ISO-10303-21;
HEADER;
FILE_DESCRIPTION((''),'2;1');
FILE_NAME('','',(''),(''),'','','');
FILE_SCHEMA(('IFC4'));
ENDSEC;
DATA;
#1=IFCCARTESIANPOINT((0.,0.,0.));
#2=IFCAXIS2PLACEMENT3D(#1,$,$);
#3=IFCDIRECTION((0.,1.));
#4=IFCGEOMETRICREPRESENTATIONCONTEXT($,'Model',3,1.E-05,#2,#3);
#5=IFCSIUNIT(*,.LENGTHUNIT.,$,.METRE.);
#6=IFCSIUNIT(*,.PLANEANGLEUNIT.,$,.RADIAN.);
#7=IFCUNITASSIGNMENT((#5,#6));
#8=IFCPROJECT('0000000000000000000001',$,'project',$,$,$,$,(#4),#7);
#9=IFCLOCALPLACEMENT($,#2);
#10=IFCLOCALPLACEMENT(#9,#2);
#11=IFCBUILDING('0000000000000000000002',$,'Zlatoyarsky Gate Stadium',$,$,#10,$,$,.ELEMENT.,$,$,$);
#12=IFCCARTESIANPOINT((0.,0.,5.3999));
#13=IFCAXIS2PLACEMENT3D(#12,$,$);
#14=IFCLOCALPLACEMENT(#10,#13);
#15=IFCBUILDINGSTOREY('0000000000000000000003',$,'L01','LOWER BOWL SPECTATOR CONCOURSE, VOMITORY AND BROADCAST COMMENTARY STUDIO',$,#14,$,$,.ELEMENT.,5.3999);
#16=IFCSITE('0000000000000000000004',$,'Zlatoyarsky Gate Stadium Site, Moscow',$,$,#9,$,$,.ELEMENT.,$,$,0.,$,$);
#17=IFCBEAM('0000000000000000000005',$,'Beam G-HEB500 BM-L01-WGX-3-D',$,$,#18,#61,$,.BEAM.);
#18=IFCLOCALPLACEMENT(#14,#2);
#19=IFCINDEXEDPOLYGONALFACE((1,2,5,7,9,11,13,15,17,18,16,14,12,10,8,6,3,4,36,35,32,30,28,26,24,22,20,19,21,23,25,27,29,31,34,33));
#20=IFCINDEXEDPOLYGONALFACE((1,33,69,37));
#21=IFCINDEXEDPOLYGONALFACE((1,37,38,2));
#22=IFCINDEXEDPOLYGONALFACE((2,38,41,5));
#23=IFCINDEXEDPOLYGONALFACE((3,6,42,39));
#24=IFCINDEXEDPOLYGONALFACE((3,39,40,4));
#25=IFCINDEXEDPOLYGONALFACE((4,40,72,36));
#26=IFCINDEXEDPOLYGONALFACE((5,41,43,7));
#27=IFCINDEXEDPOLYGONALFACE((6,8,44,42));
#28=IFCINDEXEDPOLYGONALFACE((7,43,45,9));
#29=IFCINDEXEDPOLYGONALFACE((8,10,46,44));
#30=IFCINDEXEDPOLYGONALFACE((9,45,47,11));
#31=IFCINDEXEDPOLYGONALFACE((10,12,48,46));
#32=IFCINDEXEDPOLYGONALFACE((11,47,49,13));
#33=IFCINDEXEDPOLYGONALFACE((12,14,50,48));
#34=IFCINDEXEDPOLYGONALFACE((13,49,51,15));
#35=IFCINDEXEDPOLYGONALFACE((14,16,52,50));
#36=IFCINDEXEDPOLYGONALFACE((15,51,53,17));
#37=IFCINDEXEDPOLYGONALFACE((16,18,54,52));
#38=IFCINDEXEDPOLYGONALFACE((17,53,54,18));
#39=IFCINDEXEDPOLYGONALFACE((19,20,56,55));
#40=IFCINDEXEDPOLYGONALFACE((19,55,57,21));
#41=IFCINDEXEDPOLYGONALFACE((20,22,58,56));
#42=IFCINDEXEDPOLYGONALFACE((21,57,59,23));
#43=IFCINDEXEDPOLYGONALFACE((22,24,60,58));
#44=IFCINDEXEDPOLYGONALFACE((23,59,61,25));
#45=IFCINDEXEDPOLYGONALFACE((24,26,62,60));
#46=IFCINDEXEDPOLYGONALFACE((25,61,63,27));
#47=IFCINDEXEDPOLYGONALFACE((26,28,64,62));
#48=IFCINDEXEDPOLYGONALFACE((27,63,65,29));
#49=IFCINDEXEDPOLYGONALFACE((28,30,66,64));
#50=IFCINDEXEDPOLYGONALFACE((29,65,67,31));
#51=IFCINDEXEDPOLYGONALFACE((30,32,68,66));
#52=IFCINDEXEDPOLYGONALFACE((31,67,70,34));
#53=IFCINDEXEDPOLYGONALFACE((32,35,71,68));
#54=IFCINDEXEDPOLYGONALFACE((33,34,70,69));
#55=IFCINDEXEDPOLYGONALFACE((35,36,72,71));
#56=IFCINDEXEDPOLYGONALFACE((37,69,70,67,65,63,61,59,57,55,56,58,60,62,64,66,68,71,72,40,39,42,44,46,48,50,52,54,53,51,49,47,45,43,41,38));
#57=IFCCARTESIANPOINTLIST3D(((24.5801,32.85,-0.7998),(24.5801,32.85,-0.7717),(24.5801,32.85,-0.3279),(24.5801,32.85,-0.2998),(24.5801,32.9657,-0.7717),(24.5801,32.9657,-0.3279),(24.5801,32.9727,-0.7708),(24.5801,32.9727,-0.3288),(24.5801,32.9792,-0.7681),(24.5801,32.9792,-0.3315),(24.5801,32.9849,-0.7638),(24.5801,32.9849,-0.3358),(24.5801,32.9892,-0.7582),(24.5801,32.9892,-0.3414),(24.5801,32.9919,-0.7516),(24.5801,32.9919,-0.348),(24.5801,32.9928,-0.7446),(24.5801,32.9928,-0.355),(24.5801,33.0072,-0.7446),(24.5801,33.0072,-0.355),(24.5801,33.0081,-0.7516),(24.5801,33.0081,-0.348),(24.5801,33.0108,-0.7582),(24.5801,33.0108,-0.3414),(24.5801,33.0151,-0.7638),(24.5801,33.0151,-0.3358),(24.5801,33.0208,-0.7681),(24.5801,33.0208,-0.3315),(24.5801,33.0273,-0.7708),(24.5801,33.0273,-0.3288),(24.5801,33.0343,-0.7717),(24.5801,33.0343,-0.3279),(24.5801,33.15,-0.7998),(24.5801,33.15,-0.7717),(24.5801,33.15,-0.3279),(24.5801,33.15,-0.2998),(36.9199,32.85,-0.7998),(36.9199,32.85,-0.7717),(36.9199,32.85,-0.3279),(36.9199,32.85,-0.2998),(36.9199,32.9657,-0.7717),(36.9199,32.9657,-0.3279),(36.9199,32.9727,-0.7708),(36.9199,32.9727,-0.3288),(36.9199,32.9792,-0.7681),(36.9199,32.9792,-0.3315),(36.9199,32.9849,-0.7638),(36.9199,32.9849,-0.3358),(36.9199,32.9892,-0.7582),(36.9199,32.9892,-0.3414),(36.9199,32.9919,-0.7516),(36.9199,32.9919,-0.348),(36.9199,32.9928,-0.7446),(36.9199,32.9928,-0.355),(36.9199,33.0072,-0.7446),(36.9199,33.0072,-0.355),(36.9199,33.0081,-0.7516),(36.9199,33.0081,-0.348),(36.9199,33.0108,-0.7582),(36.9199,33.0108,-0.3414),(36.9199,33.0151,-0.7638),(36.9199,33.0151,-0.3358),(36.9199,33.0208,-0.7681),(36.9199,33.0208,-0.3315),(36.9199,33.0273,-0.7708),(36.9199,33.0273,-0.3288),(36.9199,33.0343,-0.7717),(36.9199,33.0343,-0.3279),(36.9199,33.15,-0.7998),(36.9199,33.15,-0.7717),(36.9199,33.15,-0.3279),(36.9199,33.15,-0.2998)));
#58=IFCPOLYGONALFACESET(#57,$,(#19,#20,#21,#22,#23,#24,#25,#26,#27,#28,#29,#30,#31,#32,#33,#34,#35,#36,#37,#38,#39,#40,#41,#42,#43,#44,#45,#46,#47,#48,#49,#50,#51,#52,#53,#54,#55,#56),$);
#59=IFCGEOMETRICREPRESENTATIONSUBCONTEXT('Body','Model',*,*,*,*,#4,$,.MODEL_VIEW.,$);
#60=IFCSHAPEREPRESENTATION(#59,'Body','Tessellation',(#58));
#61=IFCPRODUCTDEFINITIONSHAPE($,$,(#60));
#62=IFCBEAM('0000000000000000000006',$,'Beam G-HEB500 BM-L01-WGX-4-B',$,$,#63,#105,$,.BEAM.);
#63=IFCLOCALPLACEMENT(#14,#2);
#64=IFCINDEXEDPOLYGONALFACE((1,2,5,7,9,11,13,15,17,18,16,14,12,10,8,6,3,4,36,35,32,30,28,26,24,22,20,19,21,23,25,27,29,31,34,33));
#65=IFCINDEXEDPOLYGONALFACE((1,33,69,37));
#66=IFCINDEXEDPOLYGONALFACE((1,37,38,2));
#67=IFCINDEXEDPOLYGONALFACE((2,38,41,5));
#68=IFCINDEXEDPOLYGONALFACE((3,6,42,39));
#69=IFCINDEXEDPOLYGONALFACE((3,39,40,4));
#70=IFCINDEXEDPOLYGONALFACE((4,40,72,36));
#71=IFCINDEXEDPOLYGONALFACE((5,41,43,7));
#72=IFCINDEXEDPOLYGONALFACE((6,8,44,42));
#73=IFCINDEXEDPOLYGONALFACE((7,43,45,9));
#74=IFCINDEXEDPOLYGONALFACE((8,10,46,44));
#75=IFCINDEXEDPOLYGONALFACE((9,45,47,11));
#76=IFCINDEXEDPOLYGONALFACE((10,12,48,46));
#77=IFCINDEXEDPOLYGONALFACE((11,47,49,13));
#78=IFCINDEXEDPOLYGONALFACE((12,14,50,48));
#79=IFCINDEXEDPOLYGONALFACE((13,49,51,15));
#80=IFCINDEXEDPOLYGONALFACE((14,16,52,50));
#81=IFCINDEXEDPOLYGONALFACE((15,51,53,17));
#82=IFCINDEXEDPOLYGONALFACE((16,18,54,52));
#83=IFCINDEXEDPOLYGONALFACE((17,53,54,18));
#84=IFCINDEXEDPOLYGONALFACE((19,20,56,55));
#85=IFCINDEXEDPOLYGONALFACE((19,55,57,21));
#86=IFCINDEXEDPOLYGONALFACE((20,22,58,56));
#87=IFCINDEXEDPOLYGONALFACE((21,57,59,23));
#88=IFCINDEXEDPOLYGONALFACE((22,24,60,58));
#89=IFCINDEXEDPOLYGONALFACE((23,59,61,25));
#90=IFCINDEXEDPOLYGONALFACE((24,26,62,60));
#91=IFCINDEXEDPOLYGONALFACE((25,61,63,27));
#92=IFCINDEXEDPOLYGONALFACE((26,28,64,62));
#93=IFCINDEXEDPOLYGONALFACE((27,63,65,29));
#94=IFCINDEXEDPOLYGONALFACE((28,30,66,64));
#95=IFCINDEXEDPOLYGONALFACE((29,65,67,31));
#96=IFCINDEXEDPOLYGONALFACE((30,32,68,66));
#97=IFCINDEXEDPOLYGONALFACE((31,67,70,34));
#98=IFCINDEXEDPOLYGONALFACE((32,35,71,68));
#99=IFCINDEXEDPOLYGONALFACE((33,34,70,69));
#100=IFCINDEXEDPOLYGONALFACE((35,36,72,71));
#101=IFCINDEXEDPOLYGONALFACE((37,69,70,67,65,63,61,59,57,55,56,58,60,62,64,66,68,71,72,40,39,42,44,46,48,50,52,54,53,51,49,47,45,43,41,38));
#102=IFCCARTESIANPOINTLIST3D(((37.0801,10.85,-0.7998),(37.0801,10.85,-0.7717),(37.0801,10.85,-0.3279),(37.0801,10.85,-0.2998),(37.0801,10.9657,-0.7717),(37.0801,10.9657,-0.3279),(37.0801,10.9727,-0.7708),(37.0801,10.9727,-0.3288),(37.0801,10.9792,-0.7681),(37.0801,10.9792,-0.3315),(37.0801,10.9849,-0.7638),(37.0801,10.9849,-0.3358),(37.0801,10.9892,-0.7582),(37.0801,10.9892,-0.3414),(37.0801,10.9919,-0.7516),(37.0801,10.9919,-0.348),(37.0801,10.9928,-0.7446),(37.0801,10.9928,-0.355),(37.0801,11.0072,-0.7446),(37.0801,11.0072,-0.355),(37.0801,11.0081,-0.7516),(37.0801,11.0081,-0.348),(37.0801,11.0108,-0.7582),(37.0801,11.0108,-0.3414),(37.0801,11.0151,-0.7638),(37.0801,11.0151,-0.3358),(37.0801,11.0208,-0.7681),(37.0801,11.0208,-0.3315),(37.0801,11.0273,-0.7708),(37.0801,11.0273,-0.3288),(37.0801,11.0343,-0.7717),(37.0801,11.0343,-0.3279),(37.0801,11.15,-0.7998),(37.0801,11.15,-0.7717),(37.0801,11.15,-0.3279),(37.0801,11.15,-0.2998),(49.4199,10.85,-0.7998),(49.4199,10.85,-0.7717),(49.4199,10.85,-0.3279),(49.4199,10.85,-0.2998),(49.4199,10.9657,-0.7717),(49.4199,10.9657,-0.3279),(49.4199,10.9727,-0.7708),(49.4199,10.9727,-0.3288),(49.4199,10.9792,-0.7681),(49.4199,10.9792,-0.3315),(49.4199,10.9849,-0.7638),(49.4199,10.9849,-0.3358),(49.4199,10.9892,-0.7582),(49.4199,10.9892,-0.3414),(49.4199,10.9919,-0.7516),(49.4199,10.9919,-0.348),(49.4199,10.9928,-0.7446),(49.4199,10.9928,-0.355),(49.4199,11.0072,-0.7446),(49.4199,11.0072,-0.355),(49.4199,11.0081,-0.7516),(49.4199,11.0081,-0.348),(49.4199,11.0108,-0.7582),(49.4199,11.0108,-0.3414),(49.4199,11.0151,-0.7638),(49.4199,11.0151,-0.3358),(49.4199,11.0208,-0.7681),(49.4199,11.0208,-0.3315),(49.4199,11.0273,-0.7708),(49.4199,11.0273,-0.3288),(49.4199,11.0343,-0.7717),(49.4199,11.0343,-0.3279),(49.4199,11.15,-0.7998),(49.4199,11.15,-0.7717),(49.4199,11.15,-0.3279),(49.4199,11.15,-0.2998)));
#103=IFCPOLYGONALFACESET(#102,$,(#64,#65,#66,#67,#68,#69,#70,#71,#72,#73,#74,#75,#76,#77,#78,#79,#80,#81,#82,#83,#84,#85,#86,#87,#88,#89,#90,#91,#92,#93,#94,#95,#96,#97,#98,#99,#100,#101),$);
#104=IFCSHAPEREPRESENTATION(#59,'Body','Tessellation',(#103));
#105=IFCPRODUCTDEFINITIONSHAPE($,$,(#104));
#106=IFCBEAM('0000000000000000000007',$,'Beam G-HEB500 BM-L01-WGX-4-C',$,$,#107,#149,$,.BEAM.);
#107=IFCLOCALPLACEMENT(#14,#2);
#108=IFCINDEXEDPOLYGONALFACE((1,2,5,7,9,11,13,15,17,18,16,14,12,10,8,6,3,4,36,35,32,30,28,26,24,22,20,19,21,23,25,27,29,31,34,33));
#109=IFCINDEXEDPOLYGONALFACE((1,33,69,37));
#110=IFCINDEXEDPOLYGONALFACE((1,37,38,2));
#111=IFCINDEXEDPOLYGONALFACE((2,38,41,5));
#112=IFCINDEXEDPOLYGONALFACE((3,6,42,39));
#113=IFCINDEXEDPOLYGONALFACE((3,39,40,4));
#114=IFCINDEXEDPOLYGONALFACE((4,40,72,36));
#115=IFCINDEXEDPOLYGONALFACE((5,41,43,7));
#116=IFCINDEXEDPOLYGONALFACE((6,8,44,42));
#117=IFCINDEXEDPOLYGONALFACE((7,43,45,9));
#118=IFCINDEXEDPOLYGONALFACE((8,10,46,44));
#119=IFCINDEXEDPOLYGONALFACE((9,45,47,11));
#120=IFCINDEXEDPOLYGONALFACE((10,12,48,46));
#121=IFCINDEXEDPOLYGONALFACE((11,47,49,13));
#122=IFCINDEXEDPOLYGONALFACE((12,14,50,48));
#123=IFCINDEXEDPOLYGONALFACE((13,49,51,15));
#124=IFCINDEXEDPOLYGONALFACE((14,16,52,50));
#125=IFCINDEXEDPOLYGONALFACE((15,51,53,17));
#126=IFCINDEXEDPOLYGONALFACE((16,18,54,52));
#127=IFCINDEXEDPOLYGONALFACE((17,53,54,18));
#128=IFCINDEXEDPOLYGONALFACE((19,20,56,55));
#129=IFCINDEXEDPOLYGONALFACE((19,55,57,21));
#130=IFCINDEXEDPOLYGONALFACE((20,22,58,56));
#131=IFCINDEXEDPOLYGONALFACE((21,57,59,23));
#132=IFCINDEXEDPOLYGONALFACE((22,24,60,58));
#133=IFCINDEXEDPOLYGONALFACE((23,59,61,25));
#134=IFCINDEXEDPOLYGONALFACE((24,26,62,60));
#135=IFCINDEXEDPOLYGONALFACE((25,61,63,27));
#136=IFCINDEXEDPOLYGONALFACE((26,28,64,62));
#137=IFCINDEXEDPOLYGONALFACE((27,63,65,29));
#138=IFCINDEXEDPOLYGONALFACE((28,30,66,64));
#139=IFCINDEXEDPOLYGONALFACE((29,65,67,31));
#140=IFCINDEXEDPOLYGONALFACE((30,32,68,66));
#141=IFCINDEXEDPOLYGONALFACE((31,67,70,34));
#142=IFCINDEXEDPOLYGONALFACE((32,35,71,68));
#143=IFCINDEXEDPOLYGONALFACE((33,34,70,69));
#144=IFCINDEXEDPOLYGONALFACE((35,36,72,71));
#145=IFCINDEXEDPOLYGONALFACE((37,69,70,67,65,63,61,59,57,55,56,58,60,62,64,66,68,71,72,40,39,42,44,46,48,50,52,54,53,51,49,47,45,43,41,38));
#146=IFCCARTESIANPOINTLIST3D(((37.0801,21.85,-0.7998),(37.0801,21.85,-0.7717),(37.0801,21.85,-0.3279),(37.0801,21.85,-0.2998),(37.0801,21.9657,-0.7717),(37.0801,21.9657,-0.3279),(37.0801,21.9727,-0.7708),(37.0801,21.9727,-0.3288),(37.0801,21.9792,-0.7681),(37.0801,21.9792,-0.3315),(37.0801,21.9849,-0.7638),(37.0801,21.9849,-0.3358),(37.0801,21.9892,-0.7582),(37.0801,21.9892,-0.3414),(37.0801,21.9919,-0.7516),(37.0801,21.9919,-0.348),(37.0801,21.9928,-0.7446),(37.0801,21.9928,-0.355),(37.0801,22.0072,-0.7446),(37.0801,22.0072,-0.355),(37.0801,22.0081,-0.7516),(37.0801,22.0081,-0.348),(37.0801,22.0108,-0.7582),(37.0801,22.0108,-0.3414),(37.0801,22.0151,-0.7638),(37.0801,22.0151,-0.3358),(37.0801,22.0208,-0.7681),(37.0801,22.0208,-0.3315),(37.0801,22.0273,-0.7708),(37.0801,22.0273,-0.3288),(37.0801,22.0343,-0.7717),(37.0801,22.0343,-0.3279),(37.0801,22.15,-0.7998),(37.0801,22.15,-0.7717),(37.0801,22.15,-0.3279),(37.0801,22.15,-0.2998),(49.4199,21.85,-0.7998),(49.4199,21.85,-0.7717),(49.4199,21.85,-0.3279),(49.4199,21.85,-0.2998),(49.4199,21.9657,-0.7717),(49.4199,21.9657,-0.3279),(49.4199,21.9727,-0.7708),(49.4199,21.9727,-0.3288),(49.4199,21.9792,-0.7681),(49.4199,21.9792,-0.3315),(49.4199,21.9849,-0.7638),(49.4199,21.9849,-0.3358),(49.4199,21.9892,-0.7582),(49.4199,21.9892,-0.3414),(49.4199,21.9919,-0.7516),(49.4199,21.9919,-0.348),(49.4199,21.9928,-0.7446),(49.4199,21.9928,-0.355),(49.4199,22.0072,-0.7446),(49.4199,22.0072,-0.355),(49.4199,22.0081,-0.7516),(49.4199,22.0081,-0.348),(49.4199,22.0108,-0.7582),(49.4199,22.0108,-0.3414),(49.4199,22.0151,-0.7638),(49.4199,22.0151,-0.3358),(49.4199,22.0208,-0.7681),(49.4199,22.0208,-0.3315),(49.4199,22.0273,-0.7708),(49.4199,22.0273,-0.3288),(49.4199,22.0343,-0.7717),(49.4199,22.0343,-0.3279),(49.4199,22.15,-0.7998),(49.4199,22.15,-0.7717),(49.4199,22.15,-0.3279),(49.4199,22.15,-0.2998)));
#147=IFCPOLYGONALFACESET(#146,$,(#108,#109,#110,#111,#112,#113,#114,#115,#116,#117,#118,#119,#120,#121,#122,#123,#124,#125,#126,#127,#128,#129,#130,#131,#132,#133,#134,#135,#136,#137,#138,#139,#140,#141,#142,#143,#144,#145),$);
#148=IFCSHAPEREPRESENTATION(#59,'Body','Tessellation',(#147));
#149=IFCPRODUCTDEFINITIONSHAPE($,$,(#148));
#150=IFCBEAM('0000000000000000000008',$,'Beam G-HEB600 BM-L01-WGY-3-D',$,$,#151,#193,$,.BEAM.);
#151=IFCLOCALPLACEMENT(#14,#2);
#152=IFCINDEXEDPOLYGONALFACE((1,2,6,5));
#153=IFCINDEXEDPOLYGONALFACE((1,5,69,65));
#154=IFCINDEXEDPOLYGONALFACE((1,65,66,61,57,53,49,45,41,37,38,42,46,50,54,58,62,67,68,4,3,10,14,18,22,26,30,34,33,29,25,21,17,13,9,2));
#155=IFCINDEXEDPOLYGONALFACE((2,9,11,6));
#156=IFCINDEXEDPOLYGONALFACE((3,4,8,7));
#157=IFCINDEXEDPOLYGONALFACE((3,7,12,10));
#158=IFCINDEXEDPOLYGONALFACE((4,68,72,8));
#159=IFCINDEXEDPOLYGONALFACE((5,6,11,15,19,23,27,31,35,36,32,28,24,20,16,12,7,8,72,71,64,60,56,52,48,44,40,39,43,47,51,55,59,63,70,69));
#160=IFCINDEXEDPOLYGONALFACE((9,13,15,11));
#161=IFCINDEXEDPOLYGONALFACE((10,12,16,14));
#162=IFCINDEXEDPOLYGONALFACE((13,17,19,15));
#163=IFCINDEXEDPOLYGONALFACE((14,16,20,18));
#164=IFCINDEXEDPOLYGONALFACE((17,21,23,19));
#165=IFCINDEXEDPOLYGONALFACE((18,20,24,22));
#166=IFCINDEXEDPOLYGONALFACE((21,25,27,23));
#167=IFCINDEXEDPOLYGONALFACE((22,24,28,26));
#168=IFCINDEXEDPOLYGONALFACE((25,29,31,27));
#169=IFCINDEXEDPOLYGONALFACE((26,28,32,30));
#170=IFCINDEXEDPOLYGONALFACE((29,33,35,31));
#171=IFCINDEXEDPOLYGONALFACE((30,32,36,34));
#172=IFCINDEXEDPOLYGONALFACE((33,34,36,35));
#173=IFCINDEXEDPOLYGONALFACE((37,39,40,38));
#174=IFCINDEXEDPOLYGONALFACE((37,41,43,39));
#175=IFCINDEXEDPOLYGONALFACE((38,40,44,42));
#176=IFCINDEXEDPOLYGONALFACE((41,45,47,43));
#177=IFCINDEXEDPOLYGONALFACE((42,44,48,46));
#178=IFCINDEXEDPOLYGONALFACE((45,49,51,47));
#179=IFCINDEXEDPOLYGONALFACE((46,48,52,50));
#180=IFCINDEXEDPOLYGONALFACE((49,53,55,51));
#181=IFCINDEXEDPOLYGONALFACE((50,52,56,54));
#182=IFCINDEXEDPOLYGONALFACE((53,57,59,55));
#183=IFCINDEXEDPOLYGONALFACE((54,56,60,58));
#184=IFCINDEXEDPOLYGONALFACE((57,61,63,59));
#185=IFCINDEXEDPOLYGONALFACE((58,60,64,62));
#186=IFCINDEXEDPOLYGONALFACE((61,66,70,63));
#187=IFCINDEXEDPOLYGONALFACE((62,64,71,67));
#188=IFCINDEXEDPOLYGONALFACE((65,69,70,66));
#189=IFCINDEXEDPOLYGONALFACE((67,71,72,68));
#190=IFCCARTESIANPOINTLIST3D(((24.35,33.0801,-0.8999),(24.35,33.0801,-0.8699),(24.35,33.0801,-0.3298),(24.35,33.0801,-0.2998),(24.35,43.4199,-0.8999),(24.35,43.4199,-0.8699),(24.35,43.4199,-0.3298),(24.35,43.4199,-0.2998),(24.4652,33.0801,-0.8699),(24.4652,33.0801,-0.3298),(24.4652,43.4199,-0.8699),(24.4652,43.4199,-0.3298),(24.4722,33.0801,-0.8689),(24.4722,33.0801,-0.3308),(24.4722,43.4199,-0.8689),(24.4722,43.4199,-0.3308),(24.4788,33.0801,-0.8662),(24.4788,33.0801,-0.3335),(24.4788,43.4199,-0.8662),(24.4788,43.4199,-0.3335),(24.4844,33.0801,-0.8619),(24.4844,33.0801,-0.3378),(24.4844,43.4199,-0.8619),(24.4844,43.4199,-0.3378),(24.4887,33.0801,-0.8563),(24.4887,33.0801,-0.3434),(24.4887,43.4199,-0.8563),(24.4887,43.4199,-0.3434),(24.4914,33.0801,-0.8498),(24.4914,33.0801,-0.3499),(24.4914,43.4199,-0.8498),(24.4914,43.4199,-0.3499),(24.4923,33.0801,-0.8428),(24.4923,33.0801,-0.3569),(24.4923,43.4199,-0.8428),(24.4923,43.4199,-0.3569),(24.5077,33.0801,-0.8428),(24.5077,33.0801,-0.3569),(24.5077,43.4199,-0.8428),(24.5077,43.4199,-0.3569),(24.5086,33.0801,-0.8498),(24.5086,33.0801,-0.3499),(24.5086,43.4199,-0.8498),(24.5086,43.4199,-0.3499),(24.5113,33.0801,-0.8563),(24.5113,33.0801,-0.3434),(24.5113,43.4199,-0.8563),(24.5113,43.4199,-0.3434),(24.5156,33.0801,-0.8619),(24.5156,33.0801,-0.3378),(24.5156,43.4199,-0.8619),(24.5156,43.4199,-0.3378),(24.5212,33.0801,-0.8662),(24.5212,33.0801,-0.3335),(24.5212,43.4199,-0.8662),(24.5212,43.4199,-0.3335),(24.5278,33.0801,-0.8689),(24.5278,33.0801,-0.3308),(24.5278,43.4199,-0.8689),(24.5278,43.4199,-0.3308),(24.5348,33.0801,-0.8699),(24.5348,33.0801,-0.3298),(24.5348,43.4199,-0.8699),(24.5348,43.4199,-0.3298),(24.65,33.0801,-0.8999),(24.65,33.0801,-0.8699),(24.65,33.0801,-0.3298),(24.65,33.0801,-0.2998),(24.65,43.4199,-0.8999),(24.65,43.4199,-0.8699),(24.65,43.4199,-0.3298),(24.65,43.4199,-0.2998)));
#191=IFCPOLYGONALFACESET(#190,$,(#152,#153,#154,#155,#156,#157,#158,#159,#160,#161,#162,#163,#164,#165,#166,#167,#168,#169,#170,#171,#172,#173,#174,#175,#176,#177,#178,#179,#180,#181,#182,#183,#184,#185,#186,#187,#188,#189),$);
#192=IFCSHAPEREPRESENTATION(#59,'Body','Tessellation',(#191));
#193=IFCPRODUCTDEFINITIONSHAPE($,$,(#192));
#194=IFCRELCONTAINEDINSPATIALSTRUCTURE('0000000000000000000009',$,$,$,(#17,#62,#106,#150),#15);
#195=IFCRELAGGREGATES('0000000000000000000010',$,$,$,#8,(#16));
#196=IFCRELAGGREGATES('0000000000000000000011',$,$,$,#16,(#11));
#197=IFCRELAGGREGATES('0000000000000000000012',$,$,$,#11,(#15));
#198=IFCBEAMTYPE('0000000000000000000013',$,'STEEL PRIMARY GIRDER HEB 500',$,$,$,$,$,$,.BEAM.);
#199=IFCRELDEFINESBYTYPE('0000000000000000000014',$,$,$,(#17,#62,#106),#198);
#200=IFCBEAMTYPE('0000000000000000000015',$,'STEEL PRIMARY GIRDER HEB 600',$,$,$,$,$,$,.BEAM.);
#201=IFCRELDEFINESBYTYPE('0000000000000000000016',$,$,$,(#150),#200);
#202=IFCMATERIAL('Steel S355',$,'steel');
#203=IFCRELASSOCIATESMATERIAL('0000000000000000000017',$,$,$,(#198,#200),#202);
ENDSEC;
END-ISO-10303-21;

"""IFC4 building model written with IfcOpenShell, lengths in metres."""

from ifc_helpers import new_model, si_unit, direction, frame, origin, origin_2d, place, context, subcontext, project, spatial, i_section, extrude, material, material_profile, profile_set, type_object, element, save


model = new_model("IFC4")

# Units and contexts
model_context = context("Model", 3, precision=1e-05, world=origin(), true_north=direction((0.0, 1.0)))
body_context = subcontext(model_context, "Body", "Model", "MODEL_VIEW")
ifc_project = project(units=[si_unit("LENGTHUNIT", "METRE"), si_unit("PLANEANGLEUNIT", "RADIAN")], contexts=[model_context])

# Site, building, storey
site_placement = place(None, origin())
site = spatial("IfcSite", under=ifc_project, at=site_placement, Name="Zlatoyarsky Gate Stadium Site, Moscow", CompositionType="ELEMENT", RefElevation=0.0)
building_placement = place(site_placement, origin())
building = spatial("IfcBuilding", under=site, at=building_placement, Name="Zlatoyarsky Gate Stadium", CompositionType="ELEMENT")
storey_placement = place(building_placement, frame((0.0, 0.0, 5.3999)))
storey = spatial("IfcBuildingStorey", under=building, at=storey_placement, Name="L01", Description="LOWER BOWL SPECTATOR CONCOURSE, VOMITORY AND BROADCAST COMMENTARY STUDIO", CompositionType="ELEMENT", Elevation=5.3999)

# Shared definitions
ifc_material_1 = material(Name="Steel S355", Category="steel")

# Beams
ifc_material_profile_1 = material_profile(ifc_material_1, i_section(OverallWidth=0.3, OverallDepth=0.5, WebThickness=0.0144, FlangeThickness=0.0281, FilletRadius=0.0271, at=origin_2d()), Name="HEB 500")
ifc_profile_set_1 = profile_set([ifc_material_profile_1], Name="Steel S355")
beam_type_1 = type_object("IfcBeamType", Name="STEEL PRIMARY GIRDER HEB 500", PredefinedType="BEAM", material=ifc_profile_set_1)
for number, where, z_axis, x_axis, name in (
    (1, (24.5801, 33.0, -0.5498), (1.0, 0.0, 0.0), (0.0, 1.0, 0.0), "Beam G-HEB500 BM-L01-WGX-3-D"),
    (2, (37.0801, 11.0, -0.5498), (1.0, 0.0, 0.0), (0.0, 1.0, 0.0), "Beam G-HEB500 BM-L01-WGX-4-B"),
    (3, (37.0801, 22.0, -0.5498), (1.0, 0.0, 0.0), (0.0, 1.0, 0.0), "Beam G-HEB500 BM-L01-WGX-4-C"),
):
    element("IfcBeam", number, at=place(storey_placement, frame(where, z_axis=z_axis, x_axis=x_axis)), inside=storey, type_object=beam_type_1, Name=name, PredefinedType="BEAM", context=body_context, shape_type="SweptSolid", body=[
        extrude(i_section(OverallWidth=0.3, OverallDepth=0.5, WebThickness=0.0144, FlangeThickness=0.0281, FilletRadius=0.0271, at=origin_2d()), origin(), (0.0, 0.0, 1.0), 12.3398),
    ])
ifc_material_profile_2 = material_profile(ifc_material_1, i_section(OverallWidth=0.3, OverallDepth=0.6001, WebThickness=0.0154, FlangeThickness=0.03, FilletRadius=0.0271, at=origin_2d()), Name="HEB 600")
ifc_profile_set_2 = profile_set([ifc_material_profile_2], Name="Steel S355")
beam_type_2 = type_object("IfcBeamType", Name="STEEL PRIMARY GIRDER HEB 600", PredefinedType="BEAM", material=ifc_profile_set_2)
beam_placement = place(storey_placement, frame((24.5, 33.0801, -0.5999), z_axis=(0.0, 1.0, 0.0), x_axis=(-1.0, 0.0, 0.0)))
element("IfcBeam", 4, at=beam_placement, inside=storey, type_object=beam_type_2, Name="Beam G-HEB600 BM-L01-WGY-3-D", PredefinedType="BEAM", context=body_context, shape_type="SweptSolid", body=[
    extrude(i_section(OverallWidth=0.3, OverallDepth=0.6001, WebThickness=0.0154, FlangeThickness=0.03, FilletRadius=0.0271, at=origin_2d()), origin(), (0.0, 0.0, 1.0), 10.3398),
])

save(model, "model.ifc")
